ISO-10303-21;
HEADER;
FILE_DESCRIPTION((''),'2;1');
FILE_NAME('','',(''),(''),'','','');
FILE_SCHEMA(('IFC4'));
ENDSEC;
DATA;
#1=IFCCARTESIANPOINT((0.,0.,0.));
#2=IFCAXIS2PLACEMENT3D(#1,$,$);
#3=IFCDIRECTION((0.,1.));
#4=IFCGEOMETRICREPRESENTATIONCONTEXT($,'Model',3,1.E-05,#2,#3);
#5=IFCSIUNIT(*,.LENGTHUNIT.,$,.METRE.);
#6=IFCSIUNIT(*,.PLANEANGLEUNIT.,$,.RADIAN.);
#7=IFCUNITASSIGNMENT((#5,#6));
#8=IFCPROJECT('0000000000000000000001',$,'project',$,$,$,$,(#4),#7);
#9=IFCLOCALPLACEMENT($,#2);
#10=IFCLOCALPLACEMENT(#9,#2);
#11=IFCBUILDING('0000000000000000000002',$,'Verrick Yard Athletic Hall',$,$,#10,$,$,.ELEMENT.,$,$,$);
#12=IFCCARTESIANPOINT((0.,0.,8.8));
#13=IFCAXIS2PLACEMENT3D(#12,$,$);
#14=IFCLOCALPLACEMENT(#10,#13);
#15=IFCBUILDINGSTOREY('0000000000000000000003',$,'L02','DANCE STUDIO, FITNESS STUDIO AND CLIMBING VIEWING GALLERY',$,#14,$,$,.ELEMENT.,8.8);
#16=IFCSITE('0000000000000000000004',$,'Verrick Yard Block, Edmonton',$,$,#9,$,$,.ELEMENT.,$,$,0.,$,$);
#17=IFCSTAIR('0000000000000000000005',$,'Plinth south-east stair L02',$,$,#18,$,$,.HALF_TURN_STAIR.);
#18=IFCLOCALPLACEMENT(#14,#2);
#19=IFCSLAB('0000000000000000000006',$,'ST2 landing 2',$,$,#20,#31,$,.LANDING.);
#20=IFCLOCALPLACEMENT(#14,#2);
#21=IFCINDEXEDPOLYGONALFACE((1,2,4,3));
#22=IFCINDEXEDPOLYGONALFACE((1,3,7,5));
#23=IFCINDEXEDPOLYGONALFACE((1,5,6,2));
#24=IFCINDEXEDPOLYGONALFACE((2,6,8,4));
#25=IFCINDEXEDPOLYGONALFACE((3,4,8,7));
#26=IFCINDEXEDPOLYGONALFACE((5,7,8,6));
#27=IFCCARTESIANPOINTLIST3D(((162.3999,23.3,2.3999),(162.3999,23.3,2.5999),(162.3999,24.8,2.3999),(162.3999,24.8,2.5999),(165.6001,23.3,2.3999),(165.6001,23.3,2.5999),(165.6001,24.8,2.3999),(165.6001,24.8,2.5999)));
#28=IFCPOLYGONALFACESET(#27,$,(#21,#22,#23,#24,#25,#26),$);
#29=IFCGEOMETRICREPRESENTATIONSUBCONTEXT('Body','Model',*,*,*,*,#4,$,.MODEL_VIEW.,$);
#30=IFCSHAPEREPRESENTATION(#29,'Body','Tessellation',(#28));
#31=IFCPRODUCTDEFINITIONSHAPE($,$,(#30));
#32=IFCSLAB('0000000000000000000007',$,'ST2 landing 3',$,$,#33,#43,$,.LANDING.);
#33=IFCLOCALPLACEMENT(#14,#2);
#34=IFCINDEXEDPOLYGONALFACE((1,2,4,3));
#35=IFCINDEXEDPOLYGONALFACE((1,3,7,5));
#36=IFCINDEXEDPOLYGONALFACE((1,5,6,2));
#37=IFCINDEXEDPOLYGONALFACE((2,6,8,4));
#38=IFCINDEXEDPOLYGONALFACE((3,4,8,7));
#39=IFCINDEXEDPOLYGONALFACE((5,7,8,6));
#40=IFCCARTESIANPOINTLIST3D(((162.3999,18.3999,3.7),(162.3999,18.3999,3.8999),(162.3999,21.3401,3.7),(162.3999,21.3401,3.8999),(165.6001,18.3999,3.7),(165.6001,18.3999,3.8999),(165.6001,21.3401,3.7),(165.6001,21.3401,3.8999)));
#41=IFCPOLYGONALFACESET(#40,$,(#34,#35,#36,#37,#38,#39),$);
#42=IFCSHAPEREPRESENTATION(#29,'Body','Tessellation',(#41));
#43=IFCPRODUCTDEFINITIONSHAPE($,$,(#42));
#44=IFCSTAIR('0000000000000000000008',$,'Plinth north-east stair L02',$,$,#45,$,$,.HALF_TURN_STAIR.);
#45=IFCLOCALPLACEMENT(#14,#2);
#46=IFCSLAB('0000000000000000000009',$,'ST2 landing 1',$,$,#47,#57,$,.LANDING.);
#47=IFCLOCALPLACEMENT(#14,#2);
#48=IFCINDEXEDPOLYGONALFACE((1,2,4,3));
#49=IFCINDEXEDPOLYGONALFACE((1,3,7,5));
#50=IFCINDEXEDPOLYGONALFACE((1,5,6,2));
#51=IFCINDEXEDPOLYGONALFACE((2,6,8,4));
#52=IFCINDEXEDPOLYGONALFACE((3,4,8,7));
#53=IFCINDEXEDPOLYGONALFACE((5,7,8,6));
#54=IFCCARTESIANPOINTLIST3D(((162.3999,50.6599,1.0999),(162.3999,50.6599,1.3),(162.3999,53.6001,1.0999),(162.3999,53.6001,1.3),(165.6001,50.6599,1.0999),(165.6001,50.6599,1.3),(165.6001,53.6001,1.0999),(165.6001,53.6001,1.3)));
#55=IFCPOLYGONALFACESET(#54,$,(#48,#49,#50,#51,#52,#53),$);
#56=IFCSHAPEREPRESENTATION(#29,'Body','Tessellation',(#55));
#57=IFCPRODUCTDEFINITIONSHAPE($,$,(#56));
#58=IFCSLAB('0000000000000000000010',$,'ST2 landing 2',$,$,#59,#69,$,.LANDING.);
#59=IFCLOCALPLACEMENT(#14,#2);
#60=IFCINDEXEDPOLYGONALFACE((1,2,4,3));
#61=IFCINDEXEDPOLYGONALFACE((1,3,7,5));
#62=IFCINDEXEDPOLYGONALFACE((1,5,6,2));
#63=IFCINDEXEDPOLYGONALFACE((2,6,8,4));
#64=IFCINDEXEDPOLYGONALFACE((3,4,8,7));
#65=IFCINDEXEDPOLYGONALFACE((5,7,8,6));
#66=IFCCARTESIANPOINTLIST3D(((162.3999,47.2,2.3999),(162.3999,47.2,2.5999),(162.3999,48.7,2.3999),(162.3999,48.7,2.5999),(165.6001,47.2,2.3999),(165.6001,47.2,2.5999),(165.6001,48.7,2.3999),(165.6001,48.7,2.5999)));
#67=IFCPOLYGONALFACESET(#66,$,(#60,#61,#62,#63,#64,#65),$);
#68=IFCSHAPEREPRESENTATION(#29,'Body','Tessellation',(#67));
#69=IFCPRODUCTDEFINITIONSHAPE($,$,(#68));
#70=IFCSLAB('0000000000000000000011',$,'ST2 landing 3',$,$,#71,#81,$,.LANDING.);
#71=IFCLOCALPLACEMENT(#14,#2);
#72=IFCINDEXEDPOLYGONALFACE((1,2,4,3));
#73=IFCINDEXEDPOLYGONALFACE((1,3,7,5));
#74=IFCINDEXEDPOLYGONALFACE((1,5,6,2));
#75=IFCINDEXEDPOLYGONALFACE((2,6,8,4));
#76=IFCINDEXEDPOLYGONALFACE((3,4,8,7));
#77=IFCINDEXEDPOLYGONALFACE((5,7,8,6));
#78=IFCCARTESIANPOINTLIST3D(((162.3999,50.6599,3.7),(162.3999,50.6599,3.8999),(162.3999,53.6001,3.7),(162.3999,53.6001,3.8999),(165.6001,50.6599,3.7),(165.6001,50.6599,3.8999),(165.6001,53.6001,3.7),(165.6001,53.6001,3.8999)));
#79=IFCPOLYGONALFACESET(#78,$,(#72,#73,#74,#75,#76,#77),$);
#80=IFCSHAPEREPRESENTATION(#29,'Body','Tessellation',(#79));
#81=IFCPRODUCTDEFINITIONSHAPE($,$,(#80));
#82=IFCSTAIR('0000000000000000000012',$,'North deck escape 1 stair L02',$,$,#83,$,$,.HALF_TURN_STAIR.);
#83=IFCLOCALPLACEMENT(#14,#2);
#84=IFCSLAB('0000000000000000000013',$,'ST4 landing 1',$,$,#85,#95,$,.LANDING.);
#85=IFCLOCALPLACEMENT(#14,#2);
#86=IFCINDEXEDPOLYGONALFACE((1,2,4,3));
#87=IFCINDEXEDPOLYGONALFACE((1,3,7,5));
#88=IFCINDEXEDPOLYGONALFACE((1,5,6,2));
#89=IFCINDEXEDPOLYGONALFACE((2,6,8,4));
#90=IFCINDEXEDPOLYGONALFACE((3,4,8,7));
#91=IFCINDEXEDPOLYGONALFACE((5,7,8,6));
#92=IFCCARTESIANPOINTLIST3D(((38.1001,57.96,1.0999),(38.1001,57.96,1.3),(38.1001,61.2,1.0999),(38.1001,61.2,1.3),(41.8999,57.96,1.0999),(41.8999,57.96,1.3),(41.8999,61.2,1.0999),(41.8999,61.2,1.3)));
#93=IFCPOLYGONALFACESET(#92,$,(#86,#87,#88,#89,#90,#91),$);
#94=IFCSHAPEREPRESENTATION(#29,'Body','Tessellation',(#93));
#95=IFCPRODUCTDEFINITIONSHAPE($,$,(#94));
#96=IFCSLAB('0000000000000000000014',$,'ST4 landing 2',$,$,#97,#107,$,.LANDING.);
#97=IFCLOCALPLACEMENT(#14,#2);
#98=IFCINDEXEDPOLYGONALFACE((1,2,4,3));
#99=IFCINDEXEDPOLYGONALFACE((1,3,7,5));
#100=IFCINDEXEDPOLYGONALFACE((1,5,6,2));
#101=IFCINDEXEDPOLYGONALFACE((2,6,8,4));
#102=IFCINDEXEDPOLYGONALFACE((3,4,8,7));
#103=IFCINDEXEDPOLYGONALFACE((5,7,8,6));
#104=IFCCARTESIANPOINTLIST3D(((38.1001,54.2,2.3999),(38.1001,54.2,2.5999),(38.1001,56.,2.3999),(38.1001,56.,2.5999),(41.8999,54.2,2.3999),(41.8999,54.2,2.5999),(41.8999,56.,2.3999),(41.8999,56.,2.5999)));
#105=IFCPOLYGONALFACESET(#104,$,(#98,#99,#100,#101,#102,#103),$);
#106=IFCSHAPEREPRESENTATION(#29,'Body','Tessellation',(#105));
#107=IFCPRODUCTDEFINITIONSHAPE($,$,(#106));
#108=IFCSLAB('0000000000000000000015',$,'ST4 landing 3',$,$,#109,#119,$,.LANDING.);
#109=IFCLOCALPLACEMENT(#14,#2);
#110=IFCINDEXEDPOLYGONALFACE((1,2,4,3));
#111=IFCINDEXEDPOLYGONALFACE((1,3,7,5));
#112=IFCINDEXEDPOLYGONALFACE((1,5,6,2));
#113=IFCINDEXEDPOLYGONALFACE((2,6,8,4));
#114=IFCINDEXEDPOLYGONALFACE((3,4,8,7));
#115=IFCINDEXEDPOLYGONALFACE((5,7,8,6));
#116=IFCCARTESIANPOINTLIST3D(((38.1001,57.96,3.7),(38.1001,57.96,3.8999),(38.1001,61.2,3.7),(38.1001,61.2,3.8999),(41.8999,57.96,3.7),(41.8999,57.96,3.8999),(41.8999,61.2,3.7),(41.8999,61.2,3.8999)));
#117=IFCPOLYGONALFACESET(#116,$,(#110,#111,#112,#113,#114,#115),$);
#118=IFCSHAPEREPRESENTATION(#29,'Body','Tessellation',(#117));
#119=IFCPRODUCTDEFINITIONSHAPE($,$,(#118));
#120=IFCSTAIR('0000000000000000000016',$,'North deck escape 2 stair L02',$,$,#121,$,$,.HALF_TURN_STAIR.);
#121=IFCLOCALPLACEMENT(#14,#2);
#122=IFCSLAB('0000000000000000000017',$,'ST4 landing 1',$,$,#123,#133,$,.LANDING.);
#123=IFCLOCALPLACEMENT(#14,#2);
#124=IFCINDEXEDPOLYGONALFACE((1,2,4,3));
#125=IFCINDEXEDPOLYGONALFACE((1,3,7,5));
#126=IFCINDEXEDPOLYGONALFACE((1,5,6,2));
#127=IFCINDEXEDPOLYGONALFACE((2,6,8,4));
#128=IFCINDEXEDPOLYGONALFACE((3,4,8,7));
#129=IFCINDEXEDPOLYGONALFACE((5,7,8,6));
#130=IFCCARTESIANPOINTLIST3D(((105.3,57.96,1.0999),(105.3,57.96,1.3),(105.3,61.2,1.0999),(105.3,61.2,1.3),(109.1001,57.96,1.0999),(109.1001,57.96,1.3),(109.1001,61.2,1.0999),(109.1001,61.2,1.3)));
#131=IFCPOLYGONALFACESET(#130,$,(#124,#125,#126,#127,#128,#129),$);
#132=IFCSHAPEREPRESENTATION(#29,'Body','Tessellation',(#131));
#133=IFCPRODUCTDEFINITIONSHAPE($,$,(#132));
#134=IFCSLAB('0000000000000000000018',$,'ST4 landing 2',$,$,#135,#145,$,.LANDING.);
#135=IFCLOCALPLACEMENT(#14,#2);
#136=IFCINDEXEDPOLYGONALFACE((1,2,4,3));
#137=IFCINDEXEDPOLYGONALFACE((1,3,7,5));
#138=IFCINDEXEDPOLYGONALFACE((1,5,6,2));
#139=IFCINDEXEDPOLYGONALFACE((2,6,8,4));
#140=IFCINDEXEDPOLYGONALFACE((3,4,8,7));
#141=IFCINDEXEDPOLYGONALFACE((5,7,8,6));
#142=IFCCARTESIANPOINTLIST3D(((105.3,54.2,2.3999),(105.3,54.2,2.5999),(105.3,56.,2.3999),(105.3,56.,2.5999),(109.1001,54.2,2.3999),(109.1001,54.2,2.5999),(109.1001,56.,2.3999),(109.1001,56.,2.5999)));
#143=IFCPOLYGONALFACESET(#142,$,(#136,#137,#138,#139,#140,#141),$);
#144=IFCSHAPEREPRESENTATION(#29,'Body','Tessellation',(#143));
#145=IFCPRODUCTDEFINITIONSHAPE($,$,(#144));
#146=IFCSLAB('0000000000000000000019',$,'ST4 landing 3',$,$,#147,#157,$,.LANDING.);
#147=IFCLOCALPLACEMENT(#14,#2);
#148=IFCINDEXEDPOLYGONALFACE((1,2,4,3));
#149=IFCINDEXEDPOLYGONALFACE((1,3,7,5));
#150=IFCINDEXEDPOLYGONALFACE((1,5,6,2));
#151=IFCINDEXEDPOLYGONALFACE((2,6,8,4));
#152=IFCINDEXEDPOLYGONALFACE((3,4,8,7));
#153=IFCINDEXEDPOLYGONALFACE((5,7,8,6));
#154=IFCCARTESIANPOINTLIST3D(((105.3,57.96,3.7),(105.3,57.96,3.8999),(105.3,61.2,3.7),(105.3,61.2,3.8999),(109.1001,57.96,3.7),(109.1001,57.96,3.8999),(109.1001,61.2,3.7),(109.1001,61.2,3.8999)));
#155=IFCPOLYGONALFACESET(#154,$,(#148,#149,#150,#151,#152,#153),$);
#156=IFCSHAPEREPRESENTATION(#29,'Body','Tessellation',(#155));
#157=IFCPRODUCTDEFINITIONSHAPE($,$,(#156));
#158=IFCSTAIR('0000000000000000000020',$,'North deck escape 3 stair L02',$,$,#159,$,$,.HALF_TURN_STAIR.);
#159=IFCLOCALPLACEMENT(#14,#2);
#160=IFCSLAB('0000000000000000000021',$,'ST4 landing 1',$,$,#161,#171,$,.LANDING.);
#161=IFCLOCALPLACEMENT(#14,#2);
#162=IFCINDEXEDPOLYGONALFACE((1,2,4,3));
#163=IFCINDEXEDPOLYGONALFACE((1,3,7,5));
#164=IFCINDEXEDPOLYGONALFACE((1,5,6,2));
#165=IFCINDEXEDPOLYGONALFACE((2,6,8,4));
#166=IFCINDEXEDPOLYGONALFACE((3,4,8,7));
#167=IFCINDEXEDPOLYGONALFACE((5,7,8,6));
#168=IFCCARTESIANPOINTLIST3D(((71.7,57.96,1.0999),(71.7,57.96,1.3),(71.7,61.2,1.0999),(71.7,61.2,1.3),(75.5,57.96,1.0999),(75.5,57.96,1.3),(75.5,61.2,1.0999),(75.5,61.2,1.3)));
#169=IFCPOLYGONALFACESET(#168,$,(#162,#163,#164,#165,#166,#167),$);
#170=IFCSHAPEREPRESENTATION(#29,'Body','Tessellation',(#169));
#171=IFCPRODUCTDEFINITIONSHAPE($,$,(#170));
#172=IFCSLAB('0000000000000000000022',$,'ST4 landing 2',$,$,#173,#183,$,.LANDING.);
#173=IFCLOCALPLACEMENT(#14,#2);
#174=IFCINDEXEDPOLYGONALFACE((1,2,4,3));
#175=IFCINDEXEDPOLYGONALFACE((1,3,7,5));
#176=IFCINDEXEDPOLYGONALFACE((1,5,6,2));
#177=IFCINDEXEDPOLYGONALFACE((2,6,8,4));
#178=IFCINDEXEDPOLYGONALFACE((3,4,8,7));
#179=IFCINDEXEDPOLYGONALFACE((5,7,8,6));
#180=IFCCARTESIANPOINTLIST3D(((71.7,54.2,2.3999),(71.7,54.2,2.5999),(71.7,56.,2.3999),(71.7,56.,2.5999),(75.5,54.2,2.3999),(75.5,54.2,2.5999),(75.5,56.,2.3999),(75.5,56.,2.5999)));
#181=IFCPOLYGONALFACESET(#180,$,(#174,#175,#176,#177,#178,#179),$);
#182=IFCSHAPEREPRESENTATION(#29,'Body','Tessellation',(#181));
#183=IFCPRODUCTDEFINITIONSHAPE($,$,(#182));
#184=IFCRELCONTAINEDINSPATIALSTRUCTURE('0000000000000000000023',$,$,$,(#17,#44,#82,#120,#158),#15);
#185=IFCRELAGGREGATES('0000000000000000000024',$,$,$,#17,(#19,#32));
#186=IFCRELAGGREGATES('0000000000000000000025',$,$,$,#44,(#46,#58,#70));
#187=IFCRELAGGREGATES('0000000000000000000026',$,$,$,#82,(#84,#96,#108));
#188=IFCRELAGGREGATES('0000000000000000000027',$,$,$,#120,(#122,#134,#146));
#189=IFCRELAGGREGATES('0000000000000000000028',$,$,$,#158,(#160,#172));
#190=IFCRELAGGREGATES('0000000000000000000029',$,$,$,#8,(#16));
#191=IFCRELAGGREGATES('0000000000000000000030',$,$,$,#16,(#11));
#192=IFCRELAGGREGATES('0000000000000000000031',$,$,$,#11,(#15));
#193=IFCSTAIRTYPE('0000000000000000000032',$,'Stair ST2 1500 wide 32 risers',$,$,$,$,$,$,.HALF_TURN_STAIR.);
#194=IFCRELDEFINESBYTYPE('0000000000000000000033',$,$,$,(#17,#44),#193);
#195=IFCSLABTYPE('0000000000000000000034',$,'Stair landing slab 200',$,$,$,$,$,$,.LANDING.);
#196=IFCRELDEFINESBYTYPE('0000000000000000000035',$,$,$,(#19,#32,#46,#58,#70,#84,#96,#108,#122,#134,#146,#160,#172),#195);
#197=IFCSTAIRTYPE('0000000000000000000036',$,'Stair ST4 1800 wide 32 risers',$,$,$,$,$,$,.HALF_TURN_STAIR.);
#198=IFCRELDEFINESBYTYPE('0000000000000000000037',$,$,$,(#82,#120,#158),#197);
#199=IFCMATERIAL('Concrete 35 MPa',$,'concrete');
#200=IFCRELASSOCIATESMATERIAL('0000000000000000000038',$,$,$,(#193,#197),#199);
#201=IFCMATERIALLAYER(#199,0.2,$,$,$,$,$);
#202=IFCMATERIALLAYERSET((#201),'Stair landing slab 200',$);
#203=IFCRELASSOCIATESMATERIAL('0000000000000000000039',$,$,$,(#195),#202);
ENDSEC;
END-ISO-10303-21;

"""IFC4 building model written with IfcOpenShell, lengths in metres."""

from ifc_helpers import new_model, si_unit, direction, frame, origin, place, context, subcontext, project, spatial, polyline, outline, extrude, material, layer, layer_set, type_object, element, aggregate, save


model = new_model("IFC4")

# Units and contexts
model_context = context("Model", 3, precision=1e-05, world=origin(), true_north=direction((0.0, 1.0)))
body_context = subcontext(model_context, "Body", "Model", "MODEL_VIEW")
ifc_project = project(units=[si_unit("LENGTHUNIT", "METRE"), si_unit("PLANEANGLEUNIT", "RADIAN")], contexts=[model_context])

# Site, building, storey
site_placement = place(None, origin())
site = spatial("IfcSite", under=ifc_project, at=site_placement, Name="Verrick Yard Block, Edmonton", CompositionType="ELEMENT", RefElevation=0.0)
building_placement = place(site_placement, origin())
building = spatial("IfcBuilding", under=site, at=building_placement, Name="Verrick Yard Athletic Hall", CompositionType="ELEMENT")
storey_placement = place(building_placement, frame((0.0, 0.0, 8.8)))
storey = spatial("IfcBuildingStorey", under=building, at=storey_placement, Name="L02", Description="DANCE STUDIO, FITNESS STUDIO AND CLIMBING VIEWING GALLERY", CompositionType="ELEMENT", Elevation=8.8)

# Shared definitions
ifc_material = material(Name="Concrete 35 MPa", Category="concrete")

# Stairs, slabs
stair_type_1 = type_object("IfcStairType", Name="Stair ST2 1500 wide 32 risers", PredefinedType="HALF_TURN_STAIR", material=ifc_material)
ifc_layer_1 = layer(ifc_material, 0.2)
ifc_layer_set_1 = layer_set([ifc_layer_1], Name="Stair landing slab 200")
slab_type_1 = type_object("IfcSlabType", Name="Stair landing slab 200", PredefinedType="LANDING", material=ifc_layer_set_1)
stair_1_placement = place(storey_placement, origin())
stair_1 = element("IfcStair", 1, at=stair_1_placement, inside=storey, type_object=stair_type_1, Name="Plinth south-east stair L02", PredefinedType="HALF_TURN_STAIR")
slab_1_placement = place(storey_placement, frame((0.0, 0.0, 2.3999)))
slab_1 = element("IfcSlab", 2, at=slab_1_placement, type_object=slab_type_1, Name="ST2 landing 2", PredefinedType="LANDING", context=body_context, shape_type="SweptSolid", body=[
    extrude(outline(polyline([(162.3999, 24.8), (162.3999, 23.3), (165.6001, 23.3), (165.6001, 24.8), (162.3999, 24.8)])), origin(), (0.0, 0.0, 1.0), 0.2),
])
slab_2_placement = place(storey_placement, frame((0.0, 0.0, 3.7)))
slab_2 = element("IfcSlab", 3, at=slab_2_placement, type_object=slab_type_1, Name="ST2 landing 3", PredefinedType="LANDING", context=body_context, shape_type="SweptSolid", body=[
    extrude(outline(polyline([(162.3999, 21.3401), (162.3999, 18.3999), (165.6001, 18.3999), (165.6001, 21.3401), (162.3999, 21.3401)])), origin(), (0.0, 0.0, 1.0), 0.2),
])
aggregate(stair_1, [slab_1, slab_2])
stair_2_placement = place(storey_placement, origin())
stair_2 = element("IfcStair", 4, at=stair_2_placement, inside=storey, type_object=stair_type_1, Name="Plinth north-east stair L02", PredefinedType="HALF_TURN_STAIR")
slab_3_placement = place(storey_placement, frame((0.0, 0.0, 1.0999)))
slab_3 = element("IfcSlab", 5, at=slab_3_placement, type_object=slab_type_1, Name="ST2 landing 1", PredefinedType="LANDING", context=body_context, shape_type="SweptSolid", body=[
    extrude(outline(polyline([(165.6001, 50.6599), (165.6001, 53.6001), (162.3999, 53.6001), (162.3999, 50.6599), (165.6001, 50.6599)])), origin(), (0.0, 0.0, 1.0), 0.2002),
])
slab_4_placement = place(storey_placement, frame((0.0, 0.0, 2.3999)))
slab_4 = element("IfcSlab", 6, at=slab_4_placement, type_object=slab_type_1, Name="ST2 landing 2", PredefinedType="LANDING", context=body_context, shape_type="SweptSolid", body=[
    extrude(outline(polyline([(165.6001, 47.2), (165.6001, 48.7), (162.3999, 48.7), (162.3999, 47.2), (165.6001, 47.2)])), origin(), (0.0, 0.0, 1.0), 0.2),
])
slab_5_placement = place(storey_placement, frame((0.0, 0.0, 3.7)))
slab_5 = element("IfcSlab", 7, at=slab_5_placement, type_object=slab_type_1, Name="ST2 landing 3", PredefinedType="LANDING", context=body_context, shape_type="SweptSolid", body=[
    extrude(outline(polyline([(165.6001, 50.6599), (165.6001, 53.6001), (162.3999, 53.6001), (162.3999, 50.6599), (165.6001, 50.6599)])), origin(), (0.0, 0.0, 1.0), 0.2),
])
aggregate(stair_2, [slab_3, slab_4, slab_5])
stair_type_2 = type_object("IfcStairType", Name="Stair ST4 1800 wide 32 risers", PredefinedType="HALF_TURN_STAIR", material=ifc_material)
stair_3_placement = place(storey_placement, origin())
stair_3 = element("IfcStair", 8, at=stair_3_placement, inside=storey, type_object=stair_type_2, Name="North deck escape 1 stair L02", PredefinedType="HALF_TURN_STAIR")
slab_6_placement = place(storey_placement, frame((0.0, 0.0, 1.0999)))
slab_6 = element("IfcSlab", 9, at=slab_6_placement, type_object=slab_type_1, Name="ST4 landing 1", PredefinedType="LANDING", context=body_context, shape_type="SweptSolid", body=[
    extrude(outline(polyline([(41.8999, 57.96), (41.8999, 61.2), (38.1001, 61.2), (38.1001, 57.96), (41.8999, 57.96)])), origin(), (0.0, 0.0, 1.0), 0.2002),
])
slab_7_placement = place(storey_placement, frame((0.0, 0.0, 2.3999)))
slab_7 = element("IfcSlab", 10, at=slab_7_placement, type_object=slab_type_1, Name="ST4 landing 2", PredefinedType="LANDING", context=body_context, shape_type="SweptSolid", body=[
    extrude(outline(polyline([(41.8999, 54.2), (41.8999, 56.0), (38.1001, 56.0), (38.1001, 54.2), (41.8999, 54.2)])), origin(), (0.0, 0.0, 1.0), 0.2),
])
slab_8_placement = place(storey_placement, frame((0.0, 0.0, 3.7)))
slab_8 = element("IfcSlab", 11, at=slab_8_placement, type_object=slab_type_1, Name="ST4 landing 3", PredefinedType="LANDING", context=body_context, shape_type="SweptSolid", body=[
    extrude(outline(polyline([(41.8999, 57.96), (41.8999, 61.2), (38.1001, 61.2), (38.1001, 57.96), (41.8999, 57.96)])), origin(), (0.0, 0.0, 1.0), 0.2),
])
aggregate(stair_3, [slab_6, slab_7, slab_8])
stair_4_placement = place(storey_placement, origin())
stair_4 = element("IfcStair", 12, at=stair_4_placement, inside=storey, type_object=stair_type_2, Name="North deck escape 2 stair L02", PredefinedType="HALF_TURN_STAIR")
slab_9_placement = place(storey_placement, frame((0.0, 0.0, 1.0999)))
slab_9 = element("IfcSlab", 13, at=slab_9_placement, type_object=slab_type_1, Name="ST4 landing 1", PredefinedType="LANDING", context=body_context, shape_type="SweptSolid", body=[
    extrude(outline(polyline([(109.1001, 57.96), (109.1001, 61.2), (105.3, 61.2), (105.3, 57.96), (109.1001, 57.96)])), origin(), (0.0, 0.0, 1.0), 0.2002),
])
slab_10_placement = place(storey_placement, frame((0.0, 0.0, 2.3999)))
slab_10 = element("IfcSlab", 14, at=slab_10_placement, type_object=slab_type_1, Name="ST4 landing 2", PredefinedType="LANDING", context=body_context, shape_type="SweptSolid", body=[
    extrude(outline(polyline([(109.1001, 54.2), (109.1001, 56.0), (105.3, 56.0), (105.3, 54.2), (109.1001, 54.2)])), origin(), (0.0, 0.0, 1.0), 0.2),
])
slab_11_placement = place(storey_placement, frame((0.0, 0.0, 3.7)))
slab_11 = element("IfcSlab", 15, at=slab_11_placement, type_object=slab_type_1, Name="ST4 landing 3", PredefinedType="LANDING", context=body_context, shape_type="SweptSolid", body=[
    extrude(outline(polyline([(109.1001, 57.96), (109.1001, 61.2), (105.3, 61.2), (105.3, 57.96), (109.1001, 57.96)])), origin(), (0.0, 0.0, 1.0), 0.2),
])
aggregate(stair_4, [slab_9, slab_10, slab_11])
stair_5_placement = place(storey_placement, origin())
stair_5 = element("IfcStair", 16, at=stair_5_placement, inside=storey, type_object=stair_type_2, Name="North deck escape 3 stair L02", PredefinedType="HALF_TURN_STAIR")
slab_12_placement = place(storey_placement, frame((0.0, 0.0, 1.0999)))
slab_12 = element("IfcSlab", 17, at=slab_12_placement, type_object=slab_type_1, Name="ST4 landing 1", PredefinedType="LANDING", context=body_context, shape_type="SweptSolid", body=[
    extrude(outline(polyline([(75.5, 57.96), (75.5, 61.2), (71.7, 61.2), (71.7, 57.96), (75.5, 57.96)])), origin(), (0.0, 0.0, 1.0), 0.2002),
])
slab_13_placement = place(storey_placement, frame((0.0, 0.0, 2.3999)))
slab_13 = element("IfcSlab", 18, at=slab_13_placement, type_object=slab_type_1, Name="ST4 landing 2", PredefinedType="LANDING", context=body_context, shape_type="SweptSolid", body=[
    extrude(outline(polyline([(75.5, 54.2), (75.5, 56.0), (71.7, 56.0), (71.7, 54.2), (75.5, 54.2)])), origin(), (0.0, 0.0, 1.0), 0.2),
])
aggregate(stair_5, [slab_12, slab_13])

save(model, "model.ifc")
